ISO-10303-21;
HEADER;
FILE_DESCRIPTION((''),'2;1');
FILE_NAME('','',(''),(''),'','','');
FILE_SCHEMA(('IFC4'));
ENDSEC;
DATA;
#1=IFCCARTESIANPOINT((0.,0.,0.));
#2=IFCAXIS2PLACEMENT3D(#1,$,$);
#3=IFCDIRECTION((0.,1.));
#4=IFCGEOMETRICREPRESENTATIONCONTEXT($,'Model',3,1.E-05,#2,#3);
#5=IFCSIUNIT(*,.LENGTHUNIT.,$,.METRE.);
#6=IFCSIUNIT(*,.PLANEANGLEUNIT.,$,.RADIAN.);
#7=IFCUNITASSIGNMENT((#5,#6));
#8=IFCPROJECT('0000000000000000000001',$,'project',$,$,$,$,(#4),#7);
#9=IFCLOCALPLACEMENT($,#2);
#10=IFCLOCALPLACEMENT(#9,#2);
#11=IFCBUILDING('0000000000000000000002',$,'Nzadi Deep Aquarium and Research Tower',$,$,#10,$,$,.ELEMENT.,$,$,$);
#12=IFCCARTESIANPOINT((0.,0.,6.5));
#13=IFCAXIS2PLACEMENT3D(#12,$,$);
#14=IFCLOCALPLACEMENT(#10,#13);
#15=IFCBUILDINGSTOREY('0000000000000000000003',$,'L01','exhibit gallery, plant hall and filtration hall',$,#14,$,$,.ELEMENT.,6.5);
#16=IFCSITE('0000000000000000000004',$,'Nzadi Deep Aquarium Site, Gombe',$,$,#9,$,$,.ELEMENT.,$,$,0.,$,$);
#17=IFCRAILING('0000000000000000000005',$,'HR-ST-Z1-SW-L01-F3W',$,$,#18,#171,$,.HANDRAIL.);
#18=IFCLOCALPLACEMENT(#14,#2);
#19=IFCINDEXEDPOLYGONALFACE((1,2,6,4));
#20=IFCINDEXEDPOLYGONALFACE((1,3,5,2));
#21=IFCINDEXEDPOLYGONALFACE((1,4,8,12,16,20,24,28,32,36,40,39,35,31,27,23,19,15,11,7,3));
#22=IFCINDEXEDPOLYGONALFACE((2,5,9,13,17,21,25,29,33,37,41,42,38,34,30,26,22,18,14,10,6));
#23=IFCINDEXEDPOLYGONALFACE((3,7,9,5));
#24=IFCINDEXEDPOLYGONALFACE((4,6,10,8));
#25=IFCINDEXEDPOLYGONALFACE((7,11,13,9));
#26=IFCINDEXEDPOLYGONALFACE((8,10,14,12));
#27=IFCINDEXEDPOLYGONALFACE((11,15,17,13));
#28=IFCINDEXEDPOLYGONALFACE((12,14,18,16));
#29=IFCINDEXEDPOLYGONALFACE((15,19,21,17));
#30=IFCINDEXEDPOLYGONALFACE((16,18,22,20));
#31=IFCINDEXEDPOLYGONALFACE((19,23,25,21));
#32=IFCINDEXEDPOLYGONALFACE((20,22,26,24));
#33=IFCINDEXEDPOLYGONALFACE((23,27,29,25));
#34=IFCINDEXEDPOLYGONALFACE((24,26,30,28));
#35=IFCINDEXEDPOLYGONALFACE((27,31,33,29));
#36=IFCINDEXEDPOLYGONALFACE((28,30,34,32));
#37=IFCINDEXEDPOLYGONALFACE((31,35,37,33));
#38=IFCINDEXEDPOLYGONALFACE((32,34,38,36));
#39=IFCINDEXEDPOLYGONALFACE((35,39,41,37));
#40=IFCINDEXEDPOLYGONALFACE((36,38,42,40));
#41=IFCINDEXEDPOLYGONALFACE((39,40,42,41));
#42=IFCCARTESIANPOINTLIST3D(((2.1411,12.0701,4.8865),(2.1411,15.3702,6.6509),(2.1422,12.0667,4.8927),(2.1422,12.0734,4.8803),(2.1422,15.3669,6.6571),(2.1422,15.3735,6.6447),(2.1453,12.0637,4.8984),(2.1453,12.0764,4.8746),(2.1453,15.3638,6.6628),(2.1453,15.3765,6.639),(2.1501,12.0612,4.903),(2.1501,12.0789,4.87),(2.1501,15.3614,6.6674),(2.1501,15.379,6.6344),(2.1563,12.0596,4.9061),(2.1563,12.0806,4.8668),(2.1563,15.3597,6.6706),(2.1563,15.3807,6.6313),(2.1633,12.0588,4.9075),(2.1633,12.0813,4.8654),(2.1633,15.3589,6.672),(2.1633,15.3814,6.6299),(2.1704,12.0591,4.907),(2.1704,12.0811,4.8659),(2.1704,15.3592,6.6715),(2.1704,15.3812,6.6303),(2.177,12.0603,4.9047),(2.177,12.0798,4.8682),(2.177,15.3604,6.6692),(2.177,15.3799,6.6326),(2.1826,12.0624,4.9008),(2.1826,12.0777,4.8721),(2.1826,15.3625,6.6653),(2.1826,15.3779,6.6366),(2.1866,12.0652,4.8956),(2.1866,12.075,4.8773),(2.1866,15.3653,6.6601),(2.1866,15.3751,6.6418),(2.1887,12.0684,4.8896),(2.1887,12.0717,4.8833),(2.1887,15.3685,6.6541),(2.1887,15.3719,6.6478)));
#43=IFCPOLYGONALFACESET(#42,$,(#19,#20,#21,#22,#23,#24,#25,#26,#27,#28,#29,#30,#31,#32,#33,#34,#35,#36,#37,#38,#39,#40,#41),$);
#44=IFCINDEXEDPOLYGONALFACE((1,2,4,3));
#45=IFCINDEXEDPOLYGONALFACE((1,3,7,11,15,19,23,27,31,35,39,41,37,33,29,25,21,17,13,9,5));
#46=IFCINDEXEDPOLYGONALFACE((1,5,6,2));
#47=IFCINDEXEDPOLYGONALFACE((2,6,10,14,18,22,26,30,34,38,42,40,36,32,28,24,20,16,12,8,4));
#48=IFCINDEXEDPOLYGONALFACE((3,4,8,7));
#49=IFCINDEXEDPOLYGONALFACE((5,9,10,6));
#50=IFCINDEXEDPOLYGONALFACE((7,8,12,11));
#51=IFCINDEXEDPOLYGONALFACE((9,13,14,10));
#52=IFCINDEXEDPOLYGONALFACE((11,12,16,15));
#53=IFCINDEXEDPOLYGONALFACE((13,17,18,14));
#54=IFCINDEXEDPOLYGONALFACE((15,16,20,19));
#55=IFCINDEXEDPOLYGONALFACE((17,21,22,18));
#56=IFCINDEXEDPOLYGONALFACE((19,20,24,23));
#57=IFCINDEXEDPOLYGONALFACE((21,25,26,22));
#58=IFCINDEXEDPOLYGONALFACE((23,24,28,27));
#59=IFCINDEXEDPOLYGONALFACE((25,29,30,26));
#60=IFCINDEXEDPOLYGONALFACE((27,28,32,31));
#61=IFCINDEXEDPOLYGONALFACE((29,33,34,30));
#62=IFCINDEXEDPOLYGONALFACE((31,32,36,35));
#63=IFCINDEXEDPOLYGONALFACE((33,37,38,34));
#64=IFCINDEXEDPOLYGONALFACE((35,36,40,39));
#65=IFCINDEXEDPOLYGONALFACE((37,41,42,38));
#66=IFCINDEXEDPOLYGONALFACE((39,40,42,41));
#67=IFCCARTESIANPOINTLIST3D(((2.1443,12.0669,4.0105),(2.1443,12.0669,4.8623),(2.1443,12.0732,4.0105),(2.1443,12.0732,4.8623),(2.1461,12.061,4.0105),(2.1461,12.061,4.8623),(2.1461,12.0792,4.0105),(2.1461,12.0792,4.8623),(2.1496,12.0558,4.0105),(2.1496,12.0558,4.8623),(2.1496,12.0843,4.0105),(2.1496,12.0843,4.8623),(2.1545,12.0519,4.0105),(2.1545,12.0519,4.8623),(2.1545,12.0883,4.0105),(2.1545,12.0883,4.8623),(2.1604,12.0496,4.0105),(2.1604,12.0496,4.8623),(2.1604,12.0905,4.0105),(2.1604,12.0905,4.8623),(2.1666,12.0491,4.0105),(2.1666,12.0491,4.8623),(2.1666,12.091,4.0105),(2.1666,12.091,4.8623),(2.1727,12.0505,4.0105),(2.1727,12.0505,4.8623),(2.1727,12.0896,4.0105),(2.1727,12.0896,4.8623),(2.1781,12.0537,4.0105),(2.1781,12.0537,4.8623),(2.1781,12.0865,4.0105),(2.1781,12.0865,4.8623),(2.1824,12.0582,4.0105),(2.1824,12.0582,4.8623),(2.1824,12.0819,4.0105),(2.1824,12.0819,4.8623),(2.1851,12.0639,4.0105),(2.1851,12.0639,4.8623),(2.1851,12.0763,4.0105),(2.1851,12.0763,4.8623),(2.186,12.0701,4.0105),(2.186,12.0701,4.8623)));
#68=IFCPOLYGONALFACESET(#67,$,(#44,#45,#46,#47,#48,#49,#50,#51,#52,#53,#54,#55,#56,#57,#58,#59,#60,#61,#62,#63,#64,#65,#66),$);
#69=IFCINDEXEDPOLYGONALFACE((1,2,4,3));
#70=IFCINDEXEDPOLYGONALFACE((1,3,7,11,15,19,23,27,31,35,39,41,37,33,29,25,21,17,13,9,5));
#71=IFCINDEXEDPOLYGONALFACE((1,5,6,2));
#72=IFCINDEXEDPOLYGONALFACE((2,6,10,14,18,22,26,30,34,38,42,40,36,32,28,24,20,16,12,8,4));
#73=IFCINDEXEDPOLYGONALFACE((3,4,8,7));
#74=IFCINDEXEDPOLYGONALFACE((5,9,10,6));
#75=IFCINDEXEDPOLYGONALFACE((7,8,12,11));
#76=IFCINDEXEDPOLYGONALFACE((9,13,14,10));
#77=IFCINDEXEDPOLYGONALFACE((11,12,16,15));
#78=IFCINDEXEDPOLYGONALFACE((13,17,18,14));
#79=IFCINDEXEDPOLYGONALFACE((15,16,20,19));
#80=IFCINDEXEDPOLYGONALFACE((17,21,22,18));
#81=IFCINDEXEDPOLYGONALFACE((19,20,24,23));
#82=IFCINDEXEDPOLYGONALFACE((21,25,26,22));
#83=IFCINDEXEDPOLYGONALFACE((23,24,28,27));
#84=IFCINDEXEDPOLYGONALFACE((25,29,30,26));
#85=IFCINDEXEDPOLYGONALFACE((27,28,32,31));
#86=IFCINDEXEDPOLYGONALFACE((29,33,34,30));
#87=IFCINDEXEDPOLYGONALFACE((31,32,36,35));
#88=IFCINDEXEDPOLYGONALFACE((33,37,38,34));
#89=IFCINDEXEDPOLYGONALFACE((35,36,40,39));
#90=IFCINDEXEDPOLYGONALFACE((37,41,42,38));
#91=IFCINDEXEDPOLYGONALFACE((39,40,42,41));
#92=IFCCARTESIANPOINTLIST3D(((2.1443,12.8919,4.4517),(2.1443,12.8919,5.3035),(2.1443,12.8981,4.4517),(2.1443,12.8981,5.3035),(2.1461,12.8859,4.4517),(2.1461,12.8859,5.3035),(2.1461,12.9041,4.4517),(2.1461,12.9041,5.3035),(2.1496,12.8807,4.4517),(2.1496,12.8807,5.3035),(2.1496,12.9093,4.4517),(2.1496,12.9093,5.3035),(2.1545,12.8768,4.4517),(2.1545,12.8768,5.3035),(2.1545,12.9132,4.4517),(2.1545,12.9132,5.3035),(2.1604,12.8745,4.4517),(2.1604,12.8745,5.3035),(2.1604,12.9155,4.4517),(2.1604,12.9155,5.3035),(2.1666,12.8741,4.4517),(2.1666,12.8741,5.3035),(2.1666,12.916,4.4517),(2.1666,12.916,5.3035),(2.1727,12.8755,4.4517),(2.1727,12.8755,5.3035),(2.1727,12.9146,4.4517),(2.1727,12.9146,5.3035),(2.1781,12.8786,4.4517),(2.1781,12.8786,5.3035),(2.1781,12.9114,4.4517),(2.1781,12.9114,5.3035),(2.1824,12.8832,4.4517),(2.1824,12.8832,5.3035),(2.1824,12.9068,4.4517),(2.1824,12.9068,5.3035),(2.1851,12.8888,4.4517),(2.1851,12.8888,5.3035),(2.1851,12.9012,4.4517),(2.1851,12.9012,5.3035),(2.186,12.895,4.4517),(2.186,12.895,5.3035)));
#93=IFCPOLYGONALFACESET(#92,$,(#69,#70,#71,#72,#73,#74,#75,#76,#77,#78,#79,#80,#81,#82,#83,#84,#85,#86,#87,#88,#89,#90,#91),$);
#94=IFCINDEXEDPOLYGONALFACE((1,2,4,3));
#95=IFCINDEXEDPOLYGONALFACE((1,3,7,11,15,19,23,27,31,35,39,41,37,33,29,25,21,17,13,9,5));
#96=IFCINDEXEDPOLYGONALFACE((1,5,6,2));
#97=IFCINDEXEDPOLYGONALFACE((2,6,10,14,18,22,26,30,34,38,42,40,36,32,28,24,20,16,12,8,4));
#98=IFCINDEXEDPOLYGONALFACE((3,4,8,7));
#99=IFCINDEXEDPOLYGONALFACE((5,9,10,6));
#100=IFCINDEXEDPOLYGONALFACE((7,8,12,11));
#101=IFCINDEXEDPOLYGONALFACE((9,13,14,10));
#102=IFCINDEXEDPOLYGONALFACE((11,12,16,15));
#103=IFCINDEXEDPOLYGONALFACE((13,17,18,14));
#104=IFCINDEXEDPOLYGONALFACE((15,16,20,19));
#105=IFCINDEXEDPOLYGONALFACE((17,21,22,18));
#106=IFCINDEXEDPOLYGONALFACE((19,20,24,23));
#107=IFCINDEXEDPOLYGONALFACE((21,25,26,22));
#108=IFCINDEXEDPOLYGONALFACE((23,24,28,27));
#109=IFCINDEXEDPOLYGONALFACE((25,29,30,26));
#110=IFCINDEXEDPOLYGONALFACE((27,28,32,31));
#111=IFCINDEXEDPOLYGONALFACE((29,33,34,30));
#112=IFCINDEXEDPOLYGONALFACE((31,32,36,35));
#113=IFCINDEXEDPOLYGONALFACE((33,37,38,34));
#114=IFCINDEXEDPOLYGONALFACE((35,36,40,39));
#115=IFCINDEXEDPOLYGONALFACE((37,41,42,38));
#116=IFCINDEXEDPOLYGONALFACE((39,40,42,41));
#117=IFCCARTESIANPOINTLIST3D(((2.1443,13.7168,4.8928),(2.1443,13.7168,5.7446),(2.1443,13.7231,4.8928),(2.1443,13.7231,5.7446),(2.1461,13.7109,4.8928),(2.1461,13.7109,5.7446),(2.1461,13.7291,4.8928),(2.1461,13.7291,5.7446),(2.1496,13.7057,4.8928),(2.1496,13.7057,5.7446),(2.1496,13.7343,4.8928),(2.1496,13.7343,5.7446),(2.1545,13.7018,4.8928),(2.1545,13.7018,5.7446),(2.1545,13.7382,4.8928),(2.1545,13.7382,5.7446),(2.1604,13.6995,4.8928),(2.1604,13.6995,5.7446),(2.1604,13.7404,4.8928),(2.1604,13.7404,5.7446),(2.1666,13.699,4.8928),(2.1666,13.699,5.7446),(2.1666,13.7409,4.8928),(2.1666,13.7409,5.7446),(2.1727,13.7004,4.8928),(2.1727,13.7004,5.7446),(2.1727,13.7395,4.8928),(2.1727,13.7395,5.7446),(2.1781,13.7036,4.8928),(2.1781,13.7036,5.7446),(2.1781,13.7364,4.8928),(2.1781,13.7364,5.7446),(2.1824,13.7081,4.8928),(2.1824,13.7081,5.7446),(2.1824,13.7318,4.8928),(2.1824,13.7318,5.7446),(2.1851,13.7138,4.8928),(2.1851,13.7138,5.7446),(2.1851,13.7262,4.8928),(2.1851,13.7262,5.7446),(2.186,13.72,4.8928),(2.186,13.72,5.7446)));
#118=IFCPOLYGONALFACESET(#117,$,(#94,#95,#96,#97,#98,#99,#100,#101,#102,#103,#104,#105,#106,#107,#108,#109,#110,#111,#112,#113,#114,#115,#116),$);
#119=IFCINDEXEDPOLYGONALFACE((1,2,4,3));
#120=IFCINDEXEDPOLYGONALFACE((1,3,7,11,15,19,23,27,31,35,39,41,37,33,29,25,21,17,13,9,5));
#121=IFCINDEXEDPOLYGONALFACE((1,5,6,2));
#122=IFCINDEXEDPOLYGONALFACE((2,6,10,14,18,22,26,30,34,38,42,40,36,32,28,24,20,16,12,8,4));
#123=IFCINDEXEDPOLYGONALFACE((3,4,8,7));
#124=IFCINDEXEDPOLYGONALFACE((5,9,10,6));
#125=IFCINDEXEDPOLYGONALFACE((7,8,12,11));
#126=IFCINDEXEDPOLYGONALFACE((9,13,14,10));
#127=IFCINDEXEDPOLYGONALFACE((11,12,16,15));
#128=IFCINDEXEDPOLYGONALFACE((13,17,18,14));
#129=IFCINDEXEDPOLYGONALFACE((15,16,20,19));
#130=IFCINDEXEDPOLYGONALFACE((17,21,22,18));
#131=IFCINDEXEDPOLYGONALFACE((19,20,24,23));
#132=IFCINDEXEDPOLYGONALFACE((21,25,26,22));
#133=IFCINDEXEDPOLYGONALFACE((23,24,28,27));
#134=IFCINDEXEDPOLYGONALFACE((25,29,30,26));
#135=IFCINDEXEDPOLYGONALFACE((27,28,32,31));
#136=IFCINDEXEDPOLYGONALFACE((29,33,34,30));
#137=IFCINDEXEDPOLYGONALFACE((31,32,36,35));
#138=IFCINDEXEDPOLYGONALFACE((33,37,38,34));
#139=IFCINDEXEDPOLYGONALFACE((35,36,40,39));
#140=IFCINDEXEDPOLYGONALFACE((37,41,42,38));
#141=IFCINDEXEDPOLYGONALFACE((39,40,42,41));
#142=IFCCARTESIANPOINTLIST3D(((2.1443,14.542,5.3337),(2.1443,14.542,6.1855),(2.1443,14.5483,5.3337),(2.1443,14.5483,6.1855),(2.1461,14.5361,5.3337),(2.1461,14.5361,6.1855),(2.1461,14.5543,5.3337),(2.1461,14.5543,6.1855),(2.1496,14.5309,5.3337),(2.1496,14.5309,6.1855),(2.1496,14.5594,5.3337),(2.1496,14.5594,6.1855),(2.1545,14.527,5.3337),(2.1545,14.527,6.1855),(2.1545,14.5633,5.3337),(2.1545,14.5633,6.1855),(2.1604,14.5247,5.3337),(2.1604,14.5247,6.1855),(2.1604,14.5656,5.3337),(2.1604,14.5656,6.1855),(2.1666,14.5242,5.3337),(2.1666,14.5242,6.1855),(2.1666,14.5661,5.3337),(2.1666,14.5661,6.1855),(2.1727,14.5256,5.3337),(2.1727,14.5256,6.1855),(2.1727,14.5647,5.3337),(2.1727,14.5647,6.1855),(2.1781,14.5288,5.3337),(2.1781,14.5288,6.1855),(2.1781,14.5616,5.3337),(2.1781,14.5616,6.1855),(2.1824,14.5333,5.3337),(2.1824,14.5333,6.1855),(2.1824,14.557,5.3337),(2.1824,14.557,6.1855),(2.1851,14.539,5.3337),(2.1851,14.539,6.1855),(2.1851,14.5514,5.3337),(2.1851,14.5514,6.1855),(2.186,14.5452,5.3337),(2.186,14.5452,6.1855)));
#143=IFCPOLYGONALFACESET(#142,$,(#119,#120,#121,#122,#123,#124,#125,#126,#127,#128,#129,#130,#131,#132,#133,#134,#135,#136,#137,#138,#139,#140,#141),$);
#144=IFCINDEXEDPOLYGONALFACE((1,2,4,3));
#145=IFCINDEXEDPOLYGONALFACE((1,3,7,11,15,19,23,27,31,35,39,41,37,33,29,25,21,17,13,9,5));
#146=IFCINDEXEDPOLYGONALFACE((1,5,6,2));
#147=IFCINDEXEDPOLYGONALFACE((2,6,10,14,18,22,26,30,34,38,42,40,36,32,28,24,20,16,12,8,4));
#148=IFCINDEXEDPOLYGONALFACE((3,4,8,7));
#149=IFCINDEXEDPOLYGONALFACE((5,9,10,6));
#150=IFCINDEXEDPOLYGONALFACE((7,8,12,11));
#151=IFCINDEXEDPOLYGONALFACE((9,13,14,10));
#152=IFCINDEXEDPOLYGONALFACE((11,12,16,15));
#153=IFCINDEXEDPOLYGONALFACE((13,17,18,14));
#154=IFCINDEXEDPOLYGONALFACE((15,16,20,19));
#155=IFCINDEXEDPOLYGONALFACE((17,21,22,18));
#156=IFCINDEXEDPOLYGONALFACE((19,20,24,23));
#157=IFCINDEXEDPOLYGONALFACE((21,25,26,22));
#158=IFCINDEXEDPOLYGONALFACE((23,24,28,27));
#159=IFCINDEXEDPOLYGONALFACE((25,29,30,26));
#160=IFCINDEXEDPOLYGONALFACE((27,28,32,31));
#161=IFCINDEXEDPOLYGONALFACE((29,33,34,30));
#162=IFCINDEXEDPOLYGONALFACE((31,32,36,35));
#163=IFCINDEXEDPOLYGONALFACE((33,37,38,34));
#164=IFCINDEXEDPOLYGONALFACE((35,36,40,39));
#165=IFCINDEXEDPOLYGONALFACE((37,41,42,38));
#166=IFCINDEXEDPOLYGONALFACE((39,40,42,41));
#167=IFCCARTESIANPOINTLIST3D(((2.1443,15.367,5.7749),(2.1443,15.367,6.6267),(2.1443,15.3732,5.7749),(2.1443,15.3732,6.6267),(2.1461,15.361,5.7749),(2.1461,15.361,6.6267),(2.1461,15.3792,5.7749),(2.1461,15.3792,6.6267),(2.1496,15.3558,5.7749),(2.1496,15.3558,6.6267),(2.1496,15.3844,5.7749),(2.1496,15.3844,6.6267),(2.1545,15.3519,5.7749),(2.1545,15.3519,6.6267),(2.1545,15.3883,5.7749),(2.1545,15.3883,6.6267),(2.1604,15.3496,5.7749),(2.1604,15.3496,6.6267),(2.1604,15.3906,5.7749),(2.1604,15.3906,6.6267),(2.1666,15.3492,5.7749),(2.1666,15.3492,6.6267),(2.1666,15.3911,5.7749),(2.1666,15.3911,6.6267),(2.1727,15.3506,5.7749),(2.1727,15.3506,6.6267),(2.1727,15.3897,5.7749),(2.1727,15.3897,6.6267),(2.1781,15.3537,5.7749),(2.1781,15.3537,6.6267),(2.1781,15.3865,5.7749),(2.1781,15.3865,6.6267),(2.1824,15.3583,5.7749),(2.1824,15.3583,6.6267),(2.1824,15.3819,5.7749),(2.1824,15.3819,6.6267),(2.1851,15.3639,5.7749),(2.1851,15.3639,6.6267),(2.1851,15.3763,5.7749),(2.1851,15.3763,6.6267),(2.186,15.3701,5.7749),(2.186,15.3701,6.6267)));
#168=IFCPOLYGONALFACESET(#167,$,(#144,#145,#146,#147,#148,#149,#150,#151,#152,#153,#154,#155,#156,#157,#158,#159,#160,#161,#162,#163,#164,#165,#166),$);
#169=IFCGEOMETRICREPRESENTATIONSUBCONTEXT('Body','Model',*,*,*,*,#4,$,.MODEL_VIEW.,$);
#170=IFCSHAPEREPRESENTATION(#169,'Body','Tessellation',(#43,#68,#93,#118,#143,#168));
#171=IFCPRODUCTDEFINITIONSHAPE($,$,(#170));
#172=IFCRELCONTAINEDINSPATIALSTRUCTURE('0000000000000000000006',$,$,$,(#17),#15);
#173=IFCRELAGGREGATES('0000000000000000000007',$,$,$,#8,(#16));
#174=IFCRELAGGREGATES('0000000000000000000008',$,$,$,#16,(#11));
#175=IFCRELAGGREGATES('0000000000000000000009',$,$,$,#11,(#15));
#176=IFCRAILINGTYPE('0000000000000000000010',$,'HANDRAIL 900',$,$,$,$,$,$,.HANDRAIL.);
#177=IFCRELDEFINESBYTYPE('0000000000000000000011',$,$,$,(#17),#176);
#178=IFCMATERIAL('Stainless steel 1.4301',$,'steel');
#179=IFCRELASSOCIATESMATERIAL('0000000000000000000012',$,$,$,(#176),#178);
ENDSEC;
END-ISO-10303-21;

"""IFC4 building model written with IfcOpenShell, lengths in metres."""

from ifc_helpers import new_model, si_unit, direction, frame, origin, origin_2d, place, context, subcontext, project, spatial, circle, extrude, material, type_object, element, save


model = new_model("IFC4")

# Units and contexts
model_context = context("Model", 3, precision=1e-05, world=origin(), true_north=direction((0.0, 1.0)))
body_context = subcontext(model_context, "Body", "Model", "MODEL_VIEW")
ifc_project = project(units=[si_unit("LENGTHUNIT", "METRE"), si_unit("PLANEANGLEUNIT", "RADIAN")], contexts=[model_context])

# Site, building, storey
site_placement = place(None, origin())
site = spatial("IfcSite", under=ifc_project, at=site_placement, Name="Nzadi Deep Aquarium Site, Gombe", CompositionType="ELEMENT", RefElevation=0.0)
building_placement = place(site_placement, origin())
building = spatial("IfcBuilding", under=site, at=building_placement, Name="Nzadi Deep Aquarium and Research Tower", CompositionType="ELEMENT")
storey_placement = place(building_placement, frame((0.0, 0.0, 6.5)))
storey = spatial("IfcBuildingStorey", under=building, at=storey_placement, Name="L01", Description="exhibit gallery, plant hall and filtration hall", CompositionType="ELEMENT", Elevation=6.5)

# Railing
ifc_material_1 = material(Name="Stainless steel 1.4301", Category="steel")
railing_type = type_object("IfcRailingType", Name="HANDRAIL 900", PredefinedType="HANDRAIL", material=ifc_material_1)
for number, where, name in (
    (1, (2.165, 12.0701, 4.0105), "HR-ST-Z1-SW-L01-F3W"),
):
    element("IfcRailing", number, at=place(storey_placement, frame(where)), inside=storey, type_object=railing_type, Name=name, PredefinedType="HANDRAIL", context=body_context, shape_type="SweptSolid", body=[
        extrude(circle(Radius=0.0239, at=origin_2d()), frame((0.0, 0.0, 0.876), z_axis=(0.0, 0.881867, 0.471499), x_axis=(-1.0, 0.0, 0.0)), (0.0, 0.0, 1.0), 3.7422),
        extrude(circle(Radius=0.021, at=origin_2d()), origin(), (0.0, 0.0, 1.0), 0.8518),
        extrude(circle(Radius=0.021, at=origin_2d()), frame((0.0, 0.825, 0.4412)), (0.0, 0.0, 1.0), 0.8518),
        extrude(circle(Radius=0.021, at=origin_2d()), frame((0.0, 1.6499, 0.8823)), (0.0, 0.0, 1.0), 0.8518),
        extrude(circle(Radius=0.021, at=origin_2d()), frame((0.0, 2.4751, 1.3232)), (0.0, 0.0, 1.0), 0.8518),
        extrude(circle(Radius=0.021, at=origin_2d()), frame((0.0, 3.3, 1.7644)), (0.0, 0.0, 1.0), 0.8518),
    ])

save(model, "model.ifc")
